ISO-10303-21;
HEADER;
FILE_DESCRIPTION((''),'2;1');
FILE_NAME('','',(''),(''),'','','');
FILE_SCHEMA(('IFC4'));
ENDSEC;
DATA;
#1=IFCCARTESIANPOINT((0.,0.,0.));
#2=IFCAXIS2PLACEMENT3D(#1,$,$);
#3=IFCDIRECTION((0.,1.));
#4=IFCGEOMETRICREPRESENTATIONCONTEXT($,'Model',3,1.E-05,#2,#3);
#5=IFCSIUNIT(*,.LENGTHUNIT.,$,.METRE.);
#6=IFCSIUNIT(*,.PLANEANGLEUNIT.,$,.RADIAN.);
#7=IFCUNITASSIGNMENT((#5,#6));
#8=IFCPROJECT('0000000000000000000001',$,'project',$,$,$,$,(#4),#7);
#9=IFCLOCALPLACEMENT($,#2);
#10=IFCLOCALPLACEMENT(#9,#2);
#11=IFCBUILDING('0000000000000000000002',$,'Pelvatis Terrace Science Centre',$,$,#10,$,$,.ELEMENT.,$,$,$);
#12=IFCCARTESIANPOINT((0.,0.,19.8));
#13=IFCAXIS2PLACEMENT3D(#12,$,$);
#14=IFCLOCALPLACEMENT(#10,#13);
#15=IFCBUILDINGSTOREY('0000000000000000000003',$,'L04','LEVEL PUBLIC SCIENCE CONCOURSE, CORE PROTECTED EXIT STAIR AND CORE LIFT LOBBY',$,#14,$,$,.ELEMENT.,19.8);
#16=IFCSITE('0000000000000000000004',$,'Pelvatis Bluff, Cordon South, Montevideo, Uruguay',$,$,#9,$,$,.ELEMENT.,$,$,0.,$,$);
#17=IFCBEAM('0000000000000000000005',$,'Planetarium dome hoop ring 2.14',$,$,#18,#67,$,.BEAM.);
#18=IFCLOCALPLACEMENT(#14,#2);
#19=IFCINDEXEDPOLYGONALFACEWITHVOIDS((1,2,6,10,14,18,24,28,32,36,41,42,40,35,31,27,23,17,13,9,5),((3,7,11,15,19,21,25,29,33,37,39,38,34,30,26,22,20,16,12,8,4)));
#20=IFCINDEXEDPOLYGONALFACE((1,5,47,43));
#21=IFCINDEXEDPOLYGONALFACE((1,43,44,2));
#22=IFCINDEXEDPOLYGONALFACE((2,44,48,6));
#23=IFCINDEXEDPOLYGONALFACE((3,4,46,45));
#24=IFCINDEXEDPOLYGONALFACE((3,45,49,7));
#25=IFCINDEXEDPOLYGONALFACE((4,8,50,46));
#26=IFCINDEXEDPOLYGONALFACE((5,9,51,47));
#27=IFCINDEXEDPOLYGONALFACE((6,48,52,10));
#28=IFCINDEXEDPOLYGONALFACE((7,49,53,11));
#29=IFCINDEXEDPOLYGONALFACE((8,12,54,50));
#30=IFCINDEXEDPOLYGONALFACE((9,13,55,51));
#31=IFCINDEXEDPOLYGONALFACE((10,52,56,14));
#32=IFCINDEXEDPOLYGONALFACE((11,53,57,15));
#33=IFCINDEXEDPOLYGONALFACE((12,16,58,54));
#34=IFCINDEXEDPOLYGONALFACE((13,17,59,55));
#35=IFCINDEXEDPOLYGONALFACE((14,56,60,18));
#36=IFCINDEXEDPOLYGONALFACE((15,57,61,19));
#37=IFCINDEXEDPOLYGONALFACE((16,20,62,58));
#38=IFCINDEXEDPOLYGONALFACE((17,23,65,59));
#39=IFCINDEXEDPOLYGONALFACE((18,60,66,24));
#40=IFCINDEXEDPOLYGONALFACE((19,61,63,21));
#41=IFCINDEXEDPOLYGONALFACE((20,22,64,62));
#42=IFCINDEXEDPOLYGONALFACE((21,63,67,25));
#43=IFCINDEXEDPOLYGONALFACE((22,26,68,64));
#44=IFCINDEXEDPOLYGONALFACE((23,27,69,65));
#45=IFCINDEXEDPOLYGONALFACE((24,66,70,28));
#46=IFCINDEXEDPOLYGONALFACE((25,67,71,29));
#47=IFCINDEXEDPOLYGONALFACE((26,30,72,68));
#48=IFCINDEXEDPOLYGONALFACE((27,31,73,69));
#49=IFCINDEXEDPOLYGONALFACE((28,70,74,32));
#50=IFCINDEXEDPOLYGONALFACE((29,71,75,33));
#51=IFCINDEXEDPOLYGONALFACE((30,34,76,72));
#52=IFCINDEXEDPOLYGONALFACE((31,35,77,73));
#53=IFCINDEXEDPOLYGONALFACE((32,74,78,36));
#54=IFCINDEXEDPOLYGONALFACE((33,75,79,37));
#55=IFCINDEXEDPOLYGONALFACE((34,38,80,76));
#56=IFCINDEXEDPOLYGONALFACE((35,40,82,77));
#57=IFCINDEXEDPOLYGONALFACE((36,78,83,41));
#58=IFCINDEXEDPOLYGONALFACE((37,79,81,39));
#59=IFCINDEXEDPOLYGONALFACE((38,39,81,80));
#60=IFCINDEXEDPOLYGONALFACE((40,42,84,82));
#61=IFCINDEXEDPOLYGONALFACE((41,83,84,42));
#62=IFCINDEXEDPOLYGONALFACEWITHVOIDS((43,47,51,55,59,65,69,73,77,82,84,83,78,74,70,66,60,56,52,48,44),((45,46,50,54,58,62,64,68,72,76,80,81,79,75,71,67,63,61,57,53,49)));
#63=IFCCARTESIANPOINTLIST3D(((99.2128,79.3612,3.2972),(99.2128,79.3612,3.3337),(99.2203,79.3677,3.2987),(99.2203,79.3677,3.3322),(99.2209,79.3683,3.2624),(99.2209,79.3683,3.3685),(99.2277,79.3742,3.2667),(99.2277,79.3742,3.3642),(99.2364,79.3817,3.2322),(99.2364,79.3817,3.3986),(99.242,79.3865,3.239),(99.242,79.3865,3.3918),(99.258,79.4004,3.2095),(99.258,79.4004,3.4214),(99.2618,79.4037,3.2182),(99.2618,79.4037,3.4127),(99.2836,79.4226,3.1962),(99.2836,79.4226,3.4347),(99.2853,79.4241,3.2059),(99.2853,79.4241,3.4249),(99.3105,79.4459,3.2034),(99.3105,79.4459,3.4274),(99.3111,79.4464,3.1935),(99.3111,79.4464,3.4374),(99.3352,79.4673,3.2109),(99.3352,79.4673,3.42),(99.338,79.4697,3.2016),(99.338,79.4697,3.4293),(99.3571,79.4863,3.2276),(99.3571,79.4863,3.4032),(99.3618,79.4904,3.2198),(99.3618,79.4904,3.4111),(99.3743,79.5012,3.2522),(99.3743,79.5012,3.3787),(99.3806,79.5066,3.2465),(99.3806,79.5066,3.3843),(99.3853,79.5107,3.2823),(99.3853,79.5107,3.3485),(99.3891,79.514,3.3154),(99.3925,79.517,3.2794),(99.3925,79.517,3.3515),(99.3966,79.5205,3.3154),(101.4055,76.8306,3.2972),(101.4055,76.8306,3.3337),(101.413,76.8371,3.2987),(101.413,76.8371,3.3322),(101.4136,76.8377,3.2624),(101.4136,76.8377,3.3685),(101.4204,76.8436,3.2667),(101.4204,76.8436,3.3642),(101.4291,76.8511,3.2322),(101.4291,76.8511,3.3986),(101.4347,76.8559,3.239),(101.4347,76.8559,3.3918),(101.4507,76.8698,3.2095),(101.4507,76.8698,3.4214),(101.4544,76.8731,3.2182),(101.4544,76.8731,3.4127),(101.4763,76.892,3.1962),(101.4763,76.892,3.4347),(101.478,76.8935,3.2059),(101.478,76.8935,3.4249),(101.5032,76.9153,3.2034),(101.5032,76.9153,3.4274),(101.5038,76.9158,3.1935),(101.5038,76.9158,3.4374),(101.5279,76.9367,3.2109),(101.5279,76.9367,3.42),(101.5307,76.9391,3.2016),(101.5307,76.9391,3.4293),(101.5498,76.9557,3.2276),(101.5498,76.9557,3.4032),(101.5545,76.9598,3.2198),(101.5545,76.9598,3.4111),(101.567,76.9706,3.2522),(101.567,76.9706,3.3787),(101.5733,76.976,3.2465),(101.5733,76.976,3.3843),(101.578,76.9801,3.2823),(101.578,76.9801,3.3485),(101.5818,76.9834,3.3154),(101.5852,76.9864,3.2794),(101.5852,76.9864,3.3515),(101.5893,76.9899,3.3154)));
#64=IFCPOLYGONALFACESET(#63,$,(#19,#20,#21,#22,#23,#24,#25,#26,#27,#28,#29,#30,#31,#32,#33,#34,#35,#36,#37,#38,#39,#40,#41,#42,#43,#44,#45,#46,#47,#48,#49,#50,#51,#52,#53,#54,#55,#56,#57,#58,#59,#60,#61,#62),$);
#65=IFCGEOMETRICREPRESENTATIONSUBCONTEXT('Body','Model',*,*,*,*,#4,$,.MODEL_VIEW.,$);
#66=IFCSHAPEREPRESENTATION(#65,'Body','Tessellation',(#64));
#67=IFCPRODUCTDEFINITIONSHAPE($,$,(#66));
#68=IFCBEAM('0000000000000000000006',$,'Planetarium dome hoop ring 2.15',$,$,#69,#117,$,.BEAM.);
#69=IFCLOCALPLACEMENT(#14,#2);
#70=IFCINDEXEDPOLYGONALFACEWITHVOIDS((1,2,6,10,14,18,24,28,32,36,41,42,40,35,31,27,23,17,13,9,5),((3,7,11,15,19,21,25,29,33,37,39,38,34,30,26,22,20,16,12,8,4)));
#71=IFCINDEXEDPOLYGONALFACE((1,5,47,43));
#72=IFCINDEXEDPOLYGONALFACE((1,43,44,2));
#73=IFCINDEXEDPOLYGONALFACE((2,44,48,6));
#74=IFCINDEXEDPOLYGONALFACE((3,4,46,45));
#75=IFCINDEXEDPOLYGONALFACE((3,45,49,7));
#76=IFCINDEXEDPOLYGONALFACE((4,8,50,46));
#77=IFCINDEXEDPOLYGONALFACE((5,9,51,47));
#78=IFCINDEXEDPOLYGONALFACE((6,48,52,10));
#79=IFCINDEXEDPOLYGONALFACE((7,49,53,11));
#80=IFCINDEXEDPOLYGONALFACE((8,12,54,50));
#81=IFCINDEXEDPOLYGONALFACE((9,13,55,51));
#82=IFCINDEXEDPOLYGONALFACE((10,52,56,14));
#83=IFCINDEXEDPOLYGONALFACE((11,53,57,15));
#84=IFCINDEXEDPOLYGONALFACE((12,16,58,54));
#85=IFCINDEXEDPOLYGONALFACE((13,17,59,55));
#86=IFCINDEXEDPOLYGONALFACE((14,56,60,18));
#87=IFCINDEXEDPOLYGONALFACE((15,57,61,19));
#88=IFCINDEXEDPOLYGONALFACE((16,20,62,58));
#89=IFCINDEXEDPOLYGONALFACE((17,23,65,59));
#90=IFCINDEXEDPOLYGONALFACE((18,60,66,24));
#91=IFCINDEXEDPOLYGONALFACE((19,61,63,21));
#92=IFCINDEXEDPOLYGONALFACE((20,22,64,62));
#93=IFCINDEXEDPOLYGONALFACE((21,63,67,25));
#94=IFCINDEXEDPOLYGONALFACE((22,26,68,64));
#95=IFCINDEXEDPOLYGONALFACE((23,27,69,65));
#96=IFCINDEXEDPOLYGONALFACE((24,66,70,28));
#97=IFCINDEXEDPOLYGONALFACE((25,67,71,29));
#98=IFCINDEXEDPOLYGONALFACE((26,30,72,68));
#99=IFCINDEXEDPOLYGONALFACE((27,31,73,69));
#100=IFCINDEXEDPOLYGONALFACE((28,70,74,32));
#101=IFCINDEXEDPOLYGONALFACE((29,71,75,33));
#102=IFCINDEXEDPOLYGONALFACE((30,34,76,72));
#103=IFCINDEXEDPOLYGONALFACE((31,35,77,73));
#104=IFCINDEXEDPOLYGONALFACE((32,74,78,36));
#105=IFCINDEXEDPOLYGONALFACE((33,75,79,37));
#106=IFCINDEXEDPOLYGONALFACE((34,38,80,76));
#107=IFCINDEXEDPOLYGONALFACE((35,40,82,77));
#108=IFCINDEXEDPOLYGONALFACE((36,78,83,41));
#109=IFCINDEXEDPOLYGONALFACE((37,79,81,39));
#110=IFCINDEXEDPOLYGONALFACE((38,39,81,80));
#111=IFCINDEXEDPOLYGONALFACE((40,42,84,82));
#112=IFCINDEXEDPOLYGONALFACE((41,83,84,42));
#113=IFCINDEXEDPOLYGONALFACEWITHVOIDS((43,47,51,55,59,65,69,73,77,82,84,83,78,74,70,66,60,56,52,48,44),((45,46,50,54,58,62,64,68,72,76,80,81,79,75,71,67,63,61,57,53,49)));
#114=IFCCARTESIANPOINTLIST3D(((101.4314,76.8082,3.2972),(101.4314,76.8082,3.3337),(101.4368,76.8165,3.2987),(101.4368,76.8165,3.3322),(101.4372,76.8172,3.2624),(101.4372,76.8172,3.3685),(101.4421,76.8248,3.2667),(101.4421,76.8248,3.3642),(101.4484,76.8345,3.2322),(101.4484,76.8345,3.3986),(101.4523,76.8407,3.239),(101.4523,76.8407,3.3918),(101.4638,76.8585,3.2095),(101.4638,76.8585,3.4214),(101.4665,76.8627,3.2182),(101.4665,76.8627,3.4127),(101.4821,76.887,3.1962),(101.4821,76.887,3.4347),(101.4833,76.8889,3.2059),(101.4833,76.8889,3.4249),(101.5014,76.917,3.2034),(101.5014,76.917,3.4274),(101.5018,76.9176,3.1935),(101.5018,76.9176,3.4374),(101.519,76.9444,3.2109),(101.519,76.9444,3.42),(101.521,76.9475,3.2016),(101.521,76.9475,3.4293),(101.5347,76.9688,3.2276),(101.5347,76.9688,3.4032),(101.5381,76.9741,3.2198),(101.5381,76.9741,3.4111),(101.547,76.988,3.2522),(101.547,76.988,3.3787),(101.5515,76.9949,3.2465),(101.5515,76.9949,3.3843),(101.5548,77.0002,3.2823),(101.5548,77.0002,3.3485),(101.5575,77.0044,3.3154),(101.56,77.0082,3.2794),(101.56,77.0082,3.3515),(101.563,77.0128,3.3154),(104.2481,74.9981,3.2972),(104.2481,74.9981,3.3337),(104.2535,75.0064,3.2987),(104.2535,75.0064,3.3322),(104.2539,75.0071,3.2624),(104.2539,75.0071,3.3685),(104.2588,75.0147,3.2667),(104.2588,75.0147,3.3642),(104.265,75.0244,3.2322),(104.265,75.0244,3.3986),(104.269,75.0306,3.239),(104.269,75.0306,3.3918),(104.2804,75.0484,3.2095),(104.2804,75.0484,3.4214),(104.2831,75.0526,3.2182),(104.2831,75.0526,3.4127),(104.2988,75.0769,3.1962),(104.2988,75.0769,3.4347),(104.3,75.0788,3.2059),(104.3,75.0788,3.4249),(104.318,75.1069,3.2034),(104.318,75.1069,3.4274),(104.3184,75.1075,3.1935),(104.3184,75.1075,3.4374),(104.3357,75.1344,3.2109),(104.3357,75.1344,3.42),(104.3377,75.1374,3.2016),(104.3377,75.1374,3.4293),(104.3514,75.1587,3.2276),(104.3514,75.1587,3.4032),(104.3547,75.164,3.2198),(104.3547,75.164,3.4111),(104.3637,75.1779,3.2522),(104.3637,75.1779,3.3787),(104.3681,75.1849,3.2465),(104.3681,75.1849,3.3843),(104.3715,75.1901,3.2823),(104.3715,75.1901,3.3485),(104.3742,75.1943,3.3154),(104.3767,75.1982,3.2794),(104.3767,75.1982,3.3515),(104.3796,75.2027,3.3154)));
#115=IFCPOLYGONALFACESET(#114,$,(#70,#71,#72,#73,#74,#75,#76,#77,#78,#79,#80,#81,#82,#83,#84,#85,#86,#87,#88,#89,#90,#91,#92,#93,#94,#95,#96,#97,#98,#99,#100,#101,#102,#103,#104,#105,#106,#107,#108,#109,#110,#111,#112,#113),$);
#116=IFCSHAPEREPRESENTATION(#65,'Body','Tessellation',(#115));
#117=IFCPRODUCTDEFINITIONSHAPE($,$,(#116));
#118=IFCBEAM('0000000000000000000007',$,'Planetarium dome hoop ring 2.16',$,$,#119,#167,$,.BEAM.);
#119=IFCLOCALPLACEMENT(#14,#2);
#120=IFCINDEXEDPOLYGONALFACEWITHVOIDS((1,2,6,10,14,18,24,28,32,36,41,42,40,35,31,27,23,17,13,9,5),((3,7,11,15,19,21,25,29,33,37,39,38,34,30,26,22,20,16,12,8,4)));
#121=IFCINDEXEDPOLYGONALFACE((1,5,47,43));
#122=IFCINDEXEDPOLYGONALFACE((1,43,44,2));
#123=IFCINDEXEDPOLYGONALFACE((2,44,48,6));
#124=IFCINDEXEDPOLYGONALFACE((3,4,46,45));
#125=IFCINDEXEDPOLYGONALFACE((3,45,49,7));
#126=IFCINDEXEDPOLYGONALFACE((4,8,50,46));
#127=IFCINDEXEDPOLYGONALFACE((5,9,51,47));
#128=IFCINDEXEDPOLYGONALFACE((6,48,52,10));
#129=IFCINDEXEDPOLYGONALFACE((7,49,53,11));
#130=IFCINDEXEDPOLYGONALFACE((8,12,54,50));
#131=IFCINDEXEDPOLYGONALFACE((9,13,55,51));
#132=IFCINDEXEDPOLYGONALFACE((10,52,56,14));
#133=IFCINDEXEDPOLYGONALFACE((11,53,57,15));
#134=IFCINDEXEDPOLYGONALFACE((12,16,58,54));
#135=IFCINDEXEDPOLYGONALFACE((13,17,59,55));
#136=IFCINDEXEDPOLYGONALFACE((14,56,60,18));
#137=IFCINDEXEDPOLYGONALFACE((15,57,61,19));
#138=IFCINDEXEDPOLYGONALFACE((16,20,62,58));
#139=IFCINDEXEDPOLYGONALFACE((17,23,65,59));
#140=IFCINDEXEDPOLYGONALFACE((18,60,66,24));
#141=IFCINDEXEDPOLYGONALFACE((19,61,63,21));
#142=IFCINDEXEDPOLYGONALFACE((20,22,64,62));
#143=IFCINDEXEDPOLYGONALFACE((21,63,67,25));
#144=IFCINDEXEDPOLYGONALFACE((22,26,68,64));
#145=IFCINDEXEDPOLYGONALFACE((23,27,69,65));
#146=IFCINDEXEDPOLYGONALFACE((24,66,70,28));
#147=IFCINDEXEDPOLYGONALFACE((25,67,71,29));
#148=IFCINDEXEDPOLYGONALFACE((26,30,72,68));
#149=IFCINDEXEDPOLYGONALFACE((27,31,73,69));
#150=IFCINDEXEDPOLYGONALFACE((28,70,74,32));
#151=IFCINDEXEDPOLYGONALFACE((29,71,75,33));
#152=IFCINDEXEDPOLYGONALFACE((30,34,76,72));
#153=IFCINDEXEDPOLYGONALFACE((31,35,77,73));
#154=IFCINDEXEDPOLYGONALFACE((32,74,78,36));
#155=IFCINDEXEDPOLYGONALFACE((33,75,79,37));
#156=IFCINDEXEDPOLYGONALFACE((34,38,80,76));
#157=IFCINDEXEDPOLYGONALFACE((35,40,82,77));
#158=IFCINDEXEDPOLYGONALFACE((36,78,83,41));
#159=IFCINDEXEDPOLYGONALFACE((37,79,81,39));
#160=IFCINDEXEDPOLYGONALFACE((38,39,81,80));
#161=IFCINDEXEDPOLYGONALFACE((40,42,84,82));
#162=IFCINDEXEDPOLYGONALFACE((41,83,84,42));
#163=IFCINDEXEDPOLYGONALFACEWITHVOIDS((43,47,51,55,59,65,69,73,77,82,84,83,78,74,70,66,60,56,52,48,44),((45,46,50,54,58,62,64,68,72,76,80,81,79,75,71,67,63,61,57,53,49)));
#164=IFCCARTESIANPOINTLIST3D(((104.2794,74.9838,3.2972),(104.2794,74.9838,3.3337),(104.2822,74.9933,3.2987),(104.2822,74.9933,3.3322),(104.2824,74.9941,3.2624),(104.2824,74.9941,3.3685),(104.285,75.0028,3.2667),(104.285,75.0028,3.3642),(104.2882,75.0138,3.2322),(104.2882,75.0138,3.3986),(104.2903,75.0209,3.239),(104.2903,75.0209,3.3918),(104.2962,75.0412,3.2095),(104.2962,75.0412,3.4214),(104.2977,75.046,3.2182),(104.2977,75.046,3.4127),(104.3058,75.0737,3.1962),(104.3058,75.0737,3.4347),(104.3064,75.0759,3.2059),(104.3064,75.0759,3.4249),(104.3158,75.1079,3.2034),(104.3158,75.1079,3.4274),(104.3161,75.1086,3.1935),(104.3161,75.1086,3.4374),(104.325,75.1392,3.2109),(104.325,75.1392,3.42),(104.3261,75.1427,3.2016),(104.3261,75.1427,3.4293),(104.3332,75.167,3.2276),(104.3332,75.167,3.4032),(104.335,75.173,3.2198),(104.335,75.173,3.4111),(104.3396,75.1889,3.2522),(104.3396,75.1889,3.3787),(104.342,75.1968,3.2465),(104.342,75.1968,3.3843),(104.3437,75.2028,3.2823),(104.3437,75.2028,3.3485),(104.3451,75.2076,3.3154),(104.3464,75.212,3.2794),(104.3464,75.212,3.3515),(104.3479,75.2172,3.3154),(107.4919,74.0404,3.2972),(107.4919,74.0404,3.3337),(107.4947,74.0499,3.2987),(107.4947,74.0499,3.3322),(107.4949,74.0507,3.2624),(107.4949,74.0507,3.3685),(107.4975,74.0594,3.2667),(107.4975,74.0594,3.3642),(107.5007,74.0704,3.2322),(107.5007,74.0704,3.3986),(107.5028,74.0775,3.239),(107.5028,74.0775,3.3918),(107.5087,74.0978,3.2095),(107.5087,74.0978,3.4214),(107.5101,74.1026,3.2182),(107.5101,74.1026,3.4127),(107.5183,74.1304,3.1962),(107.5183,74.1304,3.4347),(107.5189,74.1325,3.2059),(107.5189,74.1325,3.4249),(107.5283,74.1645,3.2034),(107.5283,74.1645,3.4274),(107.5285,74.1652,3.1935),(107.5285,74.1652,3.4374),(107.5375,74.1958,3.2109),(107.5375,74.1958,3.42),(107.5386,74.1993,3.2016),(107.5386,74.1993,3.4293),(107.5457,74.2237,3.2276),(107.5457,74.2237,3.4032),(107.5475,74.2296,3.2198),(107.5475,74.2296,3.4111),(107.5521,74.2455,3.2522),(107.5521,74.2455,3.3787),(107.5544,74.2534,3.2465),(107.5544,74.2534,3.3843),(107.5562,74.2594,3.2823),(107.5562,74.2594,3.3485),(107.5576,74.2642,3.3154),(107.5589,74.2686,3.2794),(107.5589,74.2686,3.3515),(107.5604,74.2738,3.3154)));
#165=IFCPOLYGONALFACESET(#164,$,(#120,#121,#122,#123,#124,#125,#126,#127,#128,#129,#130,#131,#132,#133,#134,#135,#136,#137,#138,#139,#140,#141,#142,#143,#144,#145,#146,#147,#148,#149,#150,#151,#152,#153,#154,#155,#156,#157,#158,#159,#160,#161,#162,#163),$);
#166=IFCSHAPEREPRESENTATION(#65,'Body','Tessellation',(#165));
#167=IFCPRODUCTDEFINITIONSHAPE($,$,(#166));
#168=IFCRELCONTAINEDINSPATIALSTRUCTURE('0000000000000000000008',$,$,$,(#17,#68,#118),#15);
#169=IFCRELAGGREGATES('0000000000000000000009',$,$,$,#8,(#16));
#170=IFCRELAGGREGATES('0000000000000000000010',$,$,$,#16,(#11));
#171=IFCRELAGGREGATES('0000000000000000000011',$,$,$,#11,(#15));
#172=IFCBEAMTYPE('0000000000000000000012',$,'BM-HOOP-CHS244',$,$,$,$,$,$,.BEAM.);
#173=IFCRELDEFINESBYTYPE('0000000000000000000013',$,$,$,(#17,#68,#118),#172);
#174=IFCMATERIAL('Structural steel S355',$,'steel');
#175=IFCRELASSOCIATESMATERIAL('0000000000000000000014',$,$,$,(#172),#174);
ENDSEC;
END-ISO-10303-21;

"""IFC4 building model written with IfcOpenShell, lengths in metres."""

from ifc_helpers import new_model, si_unit, direction, frame, origin, origin_2d, place, context, subcontext, project, spatial, hollow_circle, extrude, material, material_profile, profile_set, type_object, element, save


model = new_model("IFC4")

# Units and contexts
model_context = context("Model", 3, precision=1e-05, world=origin(), true_north=direction((0.0, 1.0)))
body_context = subcontext(model_context, "Body", "Model", "MODEL_VIEW")
ifc_project = project(units=[si_unit("LENGTHUNIT", "METRE"), si_unit("PLANEANGLEUNIT", "RADIAN")], contexts=[model_context])

# Site, building, storey
site_placement = place(None, origin())
site = spatial("IfcSite", under=ifc_project, at=site_placement, Name="Pelvatis Bluff, Cordon South, Montevideo, Uruguay", CompositionType="ELEMENT", RefElevation=0.0)
building_placement = place(site_placement, origin())
building = spatial("IfcBuilding", under=site, at=building_placement, Name="Pelvatis Terrace Science Centre", CompositionType="ELEMENT")
storey_placement = place(building_placement, frame((0.0, 0.0, 19.8)))
storey = spatial("IfcBuildingStorey", under=building, at=storey_placement, Name="L04", Description="LEVEL PUBLIC SCIENCE CONCOURSE, CORE PROTECTED EXIT STAIR AND CORE LIFT LOBBY", CompositionType="ELEMENT", Elevation=19.8)

# Beams
ifc_material_1 = material(Name="Structural steel S355", Category="steel")
ifc_material_profile_1 = material_profile(ifc_material_1, hollow_circle(Radius=0.1223, WallThickness=0.01, at=origin_2d()), Name="CHS 244.5x10.0")
ifc_profile_set_1 = profile_set([ifc_material_profile_1], Name="Structural steel S355")
beam_type_1 = type_object("IfcBeamType", Name="BM-HOOP-CHS244", PredefinedType="BEAM", material=ifc_profile_set_1)
beam_1_placement = place(storey_placement, frame((99.3042, 79.4404, 3.3154), z_axis=(0.654847, -0.755761, 0.0), x_axis=(0.755761, 0.654847, 0.0)))
element("IfcBeam", 1, at=beam_1_placement, inside=storey, type_object=beam_type_1, Name="Planetarium dome hoop ring 2.14", PredefinedType="BEAM", context=body_context, shape_type="SweptSolid", body=[
    extrude(hollow_circle(Radius=0.1223, WallThickness=0.01, at=origin_2d()), origin(), (0.0, 0.0, 1.0), 3.3484),
])
for number, where, z_axis, x_axis, name in (
    (2, (101.4968, 76.9099, 3.3154), (0.841266, -0.540621, 0.0), (0.540621, 0.841266, 0.0), "Planetarium dome hoop ring 2.15"),
    (3, (104.3135, 75.0999, 3.3154), (0.959484, -0.281764, 0.0), (0.281764, 0.959484, 0.0), "Planetarium dome hoop ring 2.16"),
):
    element("IfcBeam", number, at=place(storey_placement, frame(where, z_axis=z_axis, x_axis=x_axis)), inside=storey, type_object=beam_type_1, Name=name, PredefinedType="BEAM", context=body_context, shape_type="SweptSolid", body=[
        extrude(hollow_circle(Radius=0.1223, WallThickness=0.01, at=origin_2d()), origin(), (0.0, 0.0, 1.0), 3.3481),
    ])

save(model, "model.ifc")
